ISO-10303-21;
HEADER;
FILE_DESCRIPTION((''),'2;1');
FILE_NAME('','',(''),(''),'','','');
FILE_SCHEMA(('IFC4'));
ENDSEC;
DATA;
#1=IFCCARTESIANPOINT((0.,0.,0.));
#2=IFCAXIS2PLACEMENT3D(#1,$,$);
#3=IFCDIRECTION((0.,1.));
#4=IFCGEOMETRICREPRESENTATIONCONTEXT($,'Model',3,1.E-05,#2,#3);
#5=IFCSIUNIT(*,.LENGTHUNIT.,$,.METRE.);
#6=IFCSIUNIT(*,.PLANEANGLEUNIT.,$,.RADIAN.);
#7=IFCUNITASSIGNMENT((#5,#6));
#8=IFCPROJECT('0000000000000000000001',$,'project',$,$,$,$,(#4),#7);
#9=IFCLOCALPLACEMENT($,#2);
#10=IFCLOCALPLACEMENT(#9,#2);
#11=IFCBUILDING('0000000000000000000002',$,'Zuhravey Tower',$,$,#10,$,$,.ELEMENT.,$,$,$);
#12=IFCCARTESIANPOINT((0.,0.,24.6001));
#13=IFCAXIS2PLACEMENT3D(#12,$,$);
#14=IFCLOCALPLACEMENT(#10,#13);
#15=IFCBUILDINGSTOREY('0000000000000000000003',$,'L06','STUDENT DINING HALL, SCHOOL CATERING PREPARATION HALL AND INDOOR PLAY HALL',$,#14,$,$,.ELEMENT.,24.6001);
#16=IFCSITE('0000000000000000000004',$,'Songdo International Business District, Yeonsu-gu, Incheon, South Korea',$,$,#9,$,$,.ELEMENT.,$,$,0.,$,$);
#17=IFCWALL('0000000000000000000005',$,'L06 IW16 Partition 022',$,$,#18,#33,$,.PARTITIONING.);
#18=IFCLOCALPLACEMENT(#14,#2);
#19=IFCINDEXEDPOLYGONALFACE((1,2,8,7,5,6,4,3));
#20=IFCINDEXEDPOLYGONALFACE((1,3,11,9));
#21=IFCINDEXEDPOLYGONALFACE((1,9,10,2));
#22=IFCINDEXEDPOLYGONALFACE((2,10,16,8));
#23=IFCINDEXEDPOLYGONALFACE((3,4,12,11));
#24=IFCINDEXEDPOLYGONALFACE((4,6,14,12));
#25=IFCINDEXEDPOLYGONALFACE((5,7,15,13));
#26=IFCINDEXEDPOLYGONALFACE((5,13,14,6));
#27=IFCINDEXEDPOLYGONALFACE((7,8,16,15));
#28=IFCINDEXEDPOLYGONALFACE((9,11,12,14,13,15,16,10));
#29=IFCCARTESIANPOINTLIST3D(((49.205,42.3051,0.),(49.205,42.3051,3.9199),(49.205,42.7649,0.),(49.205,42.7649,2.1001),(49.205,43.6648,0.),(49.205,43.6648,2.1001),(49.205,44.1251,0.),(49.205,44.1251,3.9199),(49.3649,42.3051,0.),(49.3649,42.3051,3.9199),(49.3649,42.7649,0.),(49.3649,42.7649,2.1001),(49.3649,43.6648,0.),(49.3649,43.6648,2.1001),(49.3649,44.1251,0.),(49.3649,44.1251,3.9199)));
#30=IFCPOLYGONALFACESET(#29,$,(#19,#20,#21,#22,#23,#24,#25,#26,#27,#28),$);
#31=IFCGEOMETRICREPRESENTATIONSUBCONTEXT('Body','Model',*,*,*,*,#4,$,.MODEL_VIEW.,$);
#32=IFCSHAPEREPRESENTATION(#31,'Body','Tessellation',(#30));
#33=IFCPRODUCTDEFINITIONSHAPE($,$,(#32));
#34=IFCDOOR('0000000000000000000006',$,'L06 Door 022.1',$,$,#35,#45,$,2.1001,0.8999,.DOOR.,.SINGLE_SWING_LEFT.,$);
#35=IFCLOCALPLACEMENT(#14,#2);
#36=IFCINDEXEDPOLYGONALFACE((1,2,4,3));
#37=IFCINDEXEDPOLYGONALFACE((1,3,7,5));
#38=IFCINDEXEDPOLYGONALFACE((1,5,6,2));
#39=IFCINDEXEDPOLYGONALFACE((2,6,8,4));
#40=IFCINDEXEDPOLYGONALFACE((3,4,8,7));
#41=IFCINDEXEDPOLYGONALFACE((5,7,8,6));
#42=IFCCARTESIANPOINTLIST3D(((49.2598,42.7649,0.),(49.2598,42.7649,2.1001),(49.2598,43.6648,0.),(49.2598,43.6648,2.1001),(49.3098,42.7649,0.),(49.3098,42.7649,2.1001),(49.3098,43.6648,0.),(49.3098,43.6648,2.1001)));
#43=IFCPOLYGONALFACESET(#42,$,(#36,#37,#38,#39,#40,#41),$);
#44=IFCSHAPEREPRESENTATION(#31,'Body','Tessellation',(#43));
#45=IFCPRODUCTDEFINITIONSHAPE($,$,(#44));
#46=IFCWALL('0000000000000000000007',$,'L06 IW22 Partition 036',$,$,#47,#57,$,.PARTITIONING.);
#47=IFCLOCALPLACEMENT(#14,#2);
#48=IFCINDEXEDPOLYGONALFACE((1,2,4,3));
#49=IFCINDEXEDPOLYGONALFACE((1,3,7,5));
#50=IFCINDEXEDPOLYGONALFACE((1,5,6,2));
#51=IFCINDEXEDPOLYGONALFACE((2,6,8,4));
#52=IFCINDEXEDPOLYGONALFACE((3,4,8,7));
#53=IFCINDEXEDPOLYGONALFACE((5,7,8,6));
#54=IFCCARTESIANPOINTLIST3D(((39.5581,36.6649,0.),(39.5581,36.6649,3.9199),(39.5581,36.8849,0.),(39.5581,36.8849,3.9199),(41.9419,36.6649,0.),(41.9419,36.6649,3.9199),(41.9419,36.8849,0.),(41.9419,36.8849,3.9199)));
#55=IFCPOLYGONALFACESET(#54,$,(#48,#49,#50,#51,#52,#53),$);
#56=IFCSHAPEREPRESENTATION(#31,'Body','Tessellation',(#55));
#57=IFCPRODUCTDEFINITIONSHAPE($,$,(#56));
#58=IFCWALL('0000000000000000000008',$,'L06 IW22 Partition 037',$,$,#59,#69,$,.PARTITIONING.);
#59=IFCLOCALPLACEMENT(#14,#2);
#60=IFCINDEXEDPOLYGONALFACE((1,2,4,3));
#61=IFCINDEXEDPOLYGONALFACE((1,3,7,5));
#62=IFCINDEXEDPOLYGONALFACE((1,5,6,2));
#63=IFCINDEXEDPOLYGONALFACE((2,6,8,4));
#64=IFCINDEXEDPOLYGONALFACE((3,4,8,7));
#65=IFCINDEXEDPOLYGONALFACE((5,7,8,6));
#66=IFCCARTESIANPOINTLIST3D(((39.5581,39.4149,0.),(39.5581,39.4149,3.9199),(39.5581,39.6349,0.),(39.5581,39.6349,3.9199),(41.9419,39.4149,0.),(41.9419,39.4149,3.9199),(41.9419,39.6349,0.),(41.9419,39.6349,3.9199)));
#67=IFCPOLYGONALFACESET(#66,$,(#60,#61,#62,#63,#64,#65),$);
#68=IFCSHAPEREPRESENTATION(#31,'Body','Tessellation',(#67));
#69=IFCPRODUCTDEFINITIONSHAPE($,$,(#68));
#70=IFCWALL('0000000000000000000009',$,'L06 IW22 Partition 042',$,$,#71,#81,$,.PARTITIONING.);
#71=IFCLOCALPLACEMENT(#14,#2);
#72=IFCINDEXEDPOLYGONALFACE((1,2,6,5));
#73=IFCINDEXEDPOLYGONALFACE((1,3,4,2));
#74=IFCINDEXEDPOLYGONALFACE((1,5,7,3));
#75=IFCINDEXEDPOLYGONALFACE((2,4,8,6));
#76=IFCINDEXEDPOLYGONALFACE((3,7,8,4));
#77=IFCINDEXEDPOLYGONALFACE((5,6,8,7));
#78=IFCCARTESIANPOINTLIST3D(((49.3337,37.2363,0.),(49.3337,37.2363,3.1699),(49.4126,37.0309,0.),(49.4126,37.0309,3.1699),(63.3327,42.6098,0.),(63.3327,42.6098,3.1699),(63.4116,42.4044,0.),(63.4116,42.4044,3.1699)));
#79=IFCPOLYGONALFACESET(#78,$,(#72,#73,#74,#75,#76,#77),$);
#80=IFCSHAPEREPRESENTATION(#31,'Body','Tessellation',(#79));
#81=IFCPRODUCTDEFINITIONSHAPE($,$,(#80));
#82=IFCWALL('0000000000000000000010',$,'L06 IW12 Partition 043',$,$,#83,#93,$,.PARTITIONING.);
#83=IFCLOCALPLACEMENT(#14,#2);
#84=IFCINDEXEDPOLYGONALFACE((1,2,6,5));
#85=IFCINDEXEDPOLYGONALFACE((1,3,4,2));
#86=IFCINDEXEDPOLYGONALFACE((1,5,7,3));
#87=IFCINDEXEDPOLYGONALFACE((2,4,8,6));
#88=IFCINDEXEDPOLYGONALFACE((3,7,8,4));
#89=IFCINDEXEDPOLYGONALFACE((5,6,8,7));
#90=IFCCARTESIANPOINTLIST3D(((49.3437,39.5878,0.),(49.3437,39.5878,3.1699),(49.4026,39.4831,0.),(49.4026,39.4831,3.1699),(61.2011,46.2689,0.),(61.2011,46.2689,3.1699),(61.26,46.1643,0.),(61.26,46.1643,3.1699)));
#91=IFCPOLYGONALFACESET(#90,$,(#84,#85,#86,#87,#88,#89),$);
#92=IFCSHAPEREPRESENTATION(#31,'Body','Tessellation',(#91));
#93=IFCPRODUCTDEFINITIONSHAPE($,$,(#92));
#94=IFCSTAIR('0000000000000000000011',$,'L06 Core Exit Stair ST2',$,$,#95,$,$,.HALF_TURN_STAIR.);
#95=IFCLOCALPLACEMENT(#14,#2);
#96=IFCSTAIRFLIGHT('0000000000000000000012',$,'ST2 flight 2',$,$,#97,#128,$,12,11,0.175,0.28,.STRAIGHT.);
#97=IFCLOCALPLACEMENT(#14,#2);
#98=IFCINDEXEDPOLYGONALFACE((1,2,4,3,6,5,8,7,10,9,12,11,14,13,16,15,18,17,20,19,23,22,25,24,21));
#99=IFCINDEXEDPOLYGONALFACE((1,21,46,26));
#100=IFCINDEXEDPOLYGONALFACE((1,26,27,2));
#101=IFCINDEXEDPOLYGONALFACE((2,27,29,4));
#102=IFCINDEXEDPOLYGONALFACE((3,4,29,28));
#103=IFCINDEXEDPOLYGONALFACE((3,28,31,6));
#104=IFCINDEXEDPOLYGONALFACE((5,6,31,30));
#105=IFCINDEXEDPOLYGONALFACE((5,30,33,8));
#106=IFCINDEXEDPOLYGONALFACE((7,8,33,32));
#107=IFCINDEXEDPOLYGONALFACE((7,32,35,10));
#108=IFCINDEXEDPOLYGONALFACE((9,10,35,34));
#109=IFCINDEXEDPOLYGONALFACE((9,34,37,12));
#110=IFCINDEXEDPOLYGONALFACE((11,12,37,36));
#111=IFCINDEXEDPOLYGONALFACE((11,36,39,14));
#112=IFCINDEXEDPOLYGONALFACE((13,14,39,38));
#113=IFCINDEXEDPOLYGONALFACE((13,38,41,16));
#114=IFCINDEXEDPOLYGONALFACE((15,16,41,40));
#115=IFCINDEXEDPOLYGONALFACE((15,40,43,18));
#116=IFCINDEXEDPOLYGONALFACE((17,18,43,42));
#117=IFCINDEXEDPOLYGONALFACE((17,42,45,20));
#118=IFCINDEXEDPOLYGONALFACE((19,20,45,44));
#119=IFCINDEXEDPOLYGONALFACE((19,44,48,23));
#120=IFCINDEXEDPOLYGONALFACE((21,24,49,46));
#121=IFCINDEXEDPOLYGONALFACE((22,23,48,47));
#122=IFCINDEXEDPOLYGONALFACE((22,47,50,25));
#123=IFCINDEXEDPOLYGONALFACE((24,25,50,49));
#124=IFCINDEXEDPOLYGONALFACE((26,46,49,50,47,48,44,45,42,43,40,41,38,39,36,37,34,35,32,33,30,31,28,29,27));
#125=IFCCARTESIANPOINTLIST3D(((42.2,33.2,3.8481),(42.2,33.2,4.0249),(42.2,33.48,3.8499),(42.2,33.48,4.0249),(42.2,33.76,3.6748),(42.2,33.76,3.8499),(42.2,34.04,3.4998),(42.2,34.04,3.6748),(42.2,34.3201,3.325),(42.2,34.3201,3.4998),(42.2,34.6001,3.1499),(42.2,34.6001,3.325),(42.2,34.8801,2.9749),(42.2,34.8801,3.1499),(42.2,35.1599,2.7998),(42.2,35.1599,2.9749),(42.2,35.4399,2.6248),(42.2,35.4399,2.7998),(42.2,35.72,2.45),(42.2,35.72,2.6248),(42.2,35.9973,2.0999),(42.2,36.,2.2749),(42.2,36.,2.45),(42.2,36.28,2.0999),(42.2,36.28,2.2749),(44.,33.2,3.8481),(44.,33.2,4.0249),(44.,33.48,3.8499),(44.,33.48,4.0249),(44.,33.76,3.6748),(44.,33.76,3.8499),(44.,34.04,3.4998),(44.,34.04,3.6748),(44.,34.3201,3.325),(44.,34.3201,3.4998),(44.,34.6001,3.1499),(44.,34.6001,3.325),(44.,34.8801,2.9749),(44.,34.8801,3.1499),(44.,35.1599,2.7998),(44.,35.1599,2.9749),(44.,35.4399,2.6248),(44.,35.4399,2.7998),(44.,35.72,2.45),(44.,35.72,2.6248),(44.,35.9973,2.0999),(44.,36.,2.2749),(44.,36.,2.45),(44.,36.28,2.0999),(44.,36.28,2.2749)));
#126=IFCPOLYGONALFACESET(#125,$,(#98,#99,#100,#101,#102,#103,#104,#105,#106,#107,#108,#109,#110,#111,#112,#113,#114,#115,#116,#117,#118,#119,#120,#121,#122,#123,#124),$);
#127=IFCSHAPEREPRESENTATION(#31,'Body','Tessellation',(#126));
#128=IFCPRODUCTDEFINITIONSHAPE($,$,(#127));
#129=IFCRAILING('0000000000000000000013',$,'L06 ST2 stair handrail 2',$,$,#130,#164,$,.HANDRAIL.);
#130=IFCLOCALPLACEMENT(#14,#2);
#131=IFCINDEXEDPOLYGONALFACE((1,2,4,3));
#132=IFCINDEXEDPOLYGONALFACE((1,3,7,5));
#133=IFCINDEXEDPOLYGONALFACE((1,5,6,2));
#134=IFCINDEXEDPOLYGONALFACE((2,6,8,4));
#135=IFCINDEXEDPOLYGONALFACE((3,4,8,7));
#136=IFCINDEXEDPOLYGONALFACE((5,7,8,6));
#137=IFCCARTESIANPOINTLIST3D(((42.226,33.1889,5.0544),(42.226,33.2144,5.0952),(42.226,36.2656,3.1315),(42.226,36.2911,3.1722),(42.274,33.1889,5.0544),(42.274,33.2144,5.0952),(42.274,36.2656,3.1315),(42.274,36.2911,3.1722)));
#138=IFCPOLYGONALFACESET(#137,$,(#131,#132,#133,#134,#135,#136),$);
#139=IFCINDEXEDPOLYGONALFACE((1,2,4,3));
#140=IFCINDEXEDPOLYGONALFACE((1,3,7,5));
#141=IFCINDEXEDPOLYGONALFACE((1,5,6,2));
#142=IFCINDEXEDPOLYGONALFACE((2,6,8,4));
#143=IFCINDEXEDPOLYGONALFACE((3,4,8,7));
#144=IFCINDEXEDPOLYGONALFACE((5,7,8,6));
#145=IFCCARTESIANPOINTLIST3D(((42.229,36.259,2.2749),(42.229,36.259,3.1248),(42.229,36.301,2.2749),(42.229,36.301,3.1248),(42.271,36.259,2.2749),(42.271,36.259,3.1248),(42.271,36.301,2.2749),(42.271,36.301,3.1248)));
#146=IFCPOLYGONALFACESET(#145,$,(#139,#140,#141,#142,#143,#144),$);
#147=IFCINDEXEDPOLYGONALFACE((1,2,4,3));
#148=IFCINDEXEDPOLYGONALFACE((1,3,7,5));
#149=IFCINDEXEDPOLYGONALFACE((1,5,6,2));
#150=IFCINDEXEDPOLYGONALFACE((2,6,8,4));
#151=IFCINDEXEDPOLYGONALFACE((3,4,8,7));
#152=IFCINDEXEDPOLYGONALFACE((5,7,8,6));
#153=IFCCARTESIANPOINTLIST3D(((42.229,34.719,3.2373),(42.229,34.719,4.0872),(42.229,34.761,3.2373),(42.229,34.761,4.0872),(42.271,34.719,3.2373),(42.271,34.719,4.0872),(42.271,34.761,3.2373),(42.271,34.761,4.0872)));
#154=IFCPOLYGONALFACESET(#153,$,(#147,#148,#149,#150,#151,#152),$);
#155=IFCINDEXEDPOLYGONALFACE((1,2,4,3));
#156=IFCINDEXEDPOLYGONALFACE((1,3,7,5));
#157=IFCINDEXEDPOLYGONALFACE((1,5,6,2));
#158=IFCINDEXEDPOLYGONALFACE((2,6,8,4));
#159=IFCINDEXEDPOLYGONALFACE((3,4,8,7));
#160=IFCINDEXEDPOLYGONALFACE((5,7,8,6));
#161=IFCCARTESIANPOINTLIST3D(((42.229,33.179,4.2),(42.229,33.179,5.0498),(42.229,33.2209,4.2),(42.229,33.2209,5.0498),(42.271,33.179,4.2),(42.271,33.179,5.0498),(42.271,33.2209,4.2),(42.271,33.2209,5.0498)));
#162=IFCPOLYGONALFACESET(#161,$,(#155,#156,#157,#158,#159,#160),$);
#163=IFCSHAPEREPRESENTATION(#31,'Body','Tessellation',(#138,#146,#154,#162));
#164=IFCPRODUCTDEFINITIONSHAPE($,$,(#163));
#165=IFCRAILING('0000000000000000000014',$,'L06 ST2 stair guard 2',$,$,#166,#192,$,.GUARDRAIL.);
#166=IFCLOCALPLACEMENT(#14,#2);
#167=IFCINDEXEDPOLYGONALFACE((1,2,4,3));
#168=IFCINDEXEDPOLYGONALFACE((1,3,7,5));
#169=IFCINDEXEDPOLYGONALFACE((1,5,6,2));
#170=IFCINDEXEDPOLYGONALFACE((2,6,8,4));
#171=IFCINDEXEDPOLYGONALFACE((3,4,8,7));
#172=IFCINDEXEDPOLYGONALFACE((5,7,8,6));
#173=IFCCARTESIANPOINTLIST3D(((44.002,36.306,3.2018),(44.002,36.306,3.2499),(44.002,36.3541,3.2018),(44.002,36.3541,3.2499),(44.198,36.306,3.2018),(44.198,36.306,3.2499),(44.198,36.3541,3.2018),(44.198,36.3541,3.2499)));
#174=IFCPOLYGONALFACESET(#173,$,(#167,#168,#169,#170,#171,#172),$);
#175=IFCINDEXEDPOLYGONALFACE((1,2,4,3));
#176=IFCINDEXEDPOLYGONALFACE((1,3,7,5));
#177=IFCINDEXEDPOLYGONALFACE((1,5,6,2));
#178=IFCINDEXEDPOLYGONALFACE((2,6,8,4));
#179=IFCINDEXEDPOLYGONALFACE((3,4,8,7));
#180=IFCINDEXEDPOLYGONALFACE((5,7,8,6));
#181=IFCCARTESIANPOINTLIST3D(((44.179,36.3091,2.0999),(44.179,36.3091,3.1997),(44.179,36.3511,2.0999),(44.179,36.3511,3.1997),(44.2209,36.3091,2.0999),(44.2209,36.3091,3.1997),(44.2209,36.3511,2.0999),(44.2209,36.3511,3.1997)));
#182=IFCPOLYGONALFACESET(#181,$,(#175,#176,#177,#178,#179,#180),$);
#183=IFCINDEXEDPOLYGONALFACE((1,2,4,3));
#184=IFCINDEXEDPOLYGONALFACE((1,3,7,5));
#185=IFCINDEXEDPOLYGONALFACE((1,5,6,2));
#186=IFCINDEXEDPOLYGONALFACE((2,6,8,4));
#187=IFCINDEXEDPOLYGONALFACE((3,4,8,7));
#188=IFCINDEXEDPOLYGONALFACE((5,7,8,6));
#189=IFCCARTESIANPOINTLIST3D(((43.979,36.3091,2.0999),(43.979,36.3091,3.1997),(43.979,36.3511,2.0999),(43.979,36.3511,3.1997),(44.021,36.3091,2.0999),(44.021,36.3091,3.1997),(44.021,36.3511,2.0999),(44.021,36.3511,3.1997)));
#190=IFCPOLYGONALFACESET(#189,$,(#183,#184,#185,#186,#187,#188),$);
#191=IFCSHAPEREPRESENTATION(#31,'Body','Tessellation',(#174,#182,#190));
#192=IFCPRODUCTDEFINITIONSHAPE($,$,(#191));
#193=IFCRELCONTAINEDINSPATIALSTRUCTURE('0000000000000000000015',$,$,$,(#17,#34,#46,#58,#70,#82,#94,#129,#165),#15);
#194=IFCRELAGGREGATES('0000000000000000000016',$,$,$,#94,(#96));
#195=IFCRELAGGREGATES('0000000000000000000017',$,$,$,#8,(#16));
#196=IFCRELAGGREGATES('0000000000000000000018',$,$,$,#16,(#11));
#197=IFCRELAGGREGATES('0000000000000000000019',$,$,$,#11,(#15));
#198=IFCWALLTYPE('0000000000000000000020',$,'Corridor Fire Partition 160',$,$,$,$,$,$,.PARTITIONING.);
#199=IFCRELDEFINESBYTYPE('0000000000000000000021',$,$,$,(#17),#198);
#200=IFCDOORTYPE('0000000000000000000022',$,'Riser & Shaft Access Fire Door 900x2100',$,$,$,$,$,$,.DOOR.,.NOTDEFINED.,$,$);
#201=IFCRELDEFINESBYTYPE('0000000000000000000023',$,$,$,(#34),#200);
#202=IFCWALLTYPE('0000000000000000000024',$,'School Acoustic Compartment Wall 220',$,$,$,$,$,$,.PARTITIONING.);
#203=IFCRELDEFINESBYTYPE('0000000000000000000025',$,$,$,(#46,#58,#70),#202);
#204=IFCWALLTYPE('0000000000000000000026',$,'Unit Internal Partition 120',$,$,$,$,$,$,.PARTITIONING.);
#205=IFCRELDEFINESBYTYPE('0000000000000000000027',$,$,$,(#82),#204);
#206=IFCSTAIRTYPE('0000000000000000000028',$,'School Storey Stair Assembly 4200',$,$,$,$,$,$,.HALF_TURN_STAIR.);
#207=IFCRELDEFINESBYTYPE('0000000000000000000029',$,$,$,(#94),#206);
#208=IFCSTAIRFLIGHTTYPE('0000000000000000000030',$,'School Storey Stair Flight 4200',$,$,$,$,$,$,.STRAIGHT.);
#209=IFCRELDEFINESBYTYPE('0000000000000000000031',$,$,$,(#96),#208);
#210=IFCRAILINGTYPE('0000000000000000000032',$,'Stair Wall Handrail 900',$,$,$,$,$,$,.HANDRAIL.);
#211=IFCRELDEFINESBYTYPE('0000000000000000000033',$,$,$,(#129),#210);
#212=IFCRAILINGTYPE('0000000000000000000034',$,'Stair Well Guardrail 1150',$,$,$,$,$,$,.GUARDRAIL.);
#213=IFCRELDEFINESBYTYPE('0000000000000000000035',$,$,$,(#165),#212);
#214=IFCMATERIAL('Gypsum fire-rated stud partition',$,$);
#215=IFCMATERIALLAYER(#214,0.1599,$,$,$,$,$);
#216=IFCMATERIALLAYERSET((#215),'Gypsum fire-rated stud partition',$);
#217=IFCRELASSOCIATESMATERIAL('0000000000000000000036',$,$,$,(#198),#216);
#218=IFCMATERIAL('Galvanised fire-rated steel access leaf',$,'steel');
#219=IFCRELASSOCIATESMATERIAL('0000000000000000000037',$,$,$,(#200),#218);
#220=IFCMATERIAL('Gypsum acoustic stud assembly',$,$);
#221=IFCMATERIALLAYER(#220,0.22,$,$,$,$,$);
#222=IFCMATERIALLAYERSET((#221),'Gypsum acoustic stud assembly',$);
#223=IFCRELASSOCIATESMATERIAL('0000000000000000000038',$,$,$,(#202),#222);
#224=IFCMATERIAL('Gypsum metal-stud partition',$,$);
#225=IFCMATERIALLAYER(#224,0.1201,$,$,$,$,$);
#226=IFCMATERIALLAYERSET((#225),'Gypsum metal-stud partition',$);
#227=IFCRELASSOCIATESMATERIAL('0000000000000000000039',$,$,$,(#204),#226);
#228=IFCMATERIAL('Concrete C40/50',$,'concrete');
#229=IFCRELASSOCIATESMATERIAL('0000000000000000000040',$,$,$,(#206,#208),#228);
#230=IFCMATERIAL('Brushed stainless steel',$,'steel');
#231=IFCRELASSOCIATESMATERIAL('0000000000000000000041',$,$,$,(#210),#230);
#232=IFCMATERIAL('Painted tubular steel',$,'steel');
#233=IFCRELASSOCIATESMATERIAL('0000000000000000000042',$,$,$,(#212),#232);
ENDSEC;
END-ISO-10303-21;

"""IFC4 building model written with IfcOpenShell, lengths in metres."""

from ifc_helpers import new_model, si_unit, direction, frame, frame_2d, origin, origin_2d, place, context, subcontext, project, spatial, polyline, rectangle, outline, extrude, material, layer, layer_set, type_object, element, fill, aggregate, save


model = new_model("IFC4")

# Units and contexts
model_context = context("Model", 3, precision=1e-05, world=origin(), true_north=direction((0.0, 1.0)))
body_context = subcontext(model_context, "Body", "Model", "MODEL_VIEW")
ifc_project = project(units=[si_unit("LENGTHUNIT", "METRE"), si_unit("PLANEANGLEUNIT", "RADIAN")], contexts=[model_context])

# Site, building, storey
site_placement = place(None, origin())
site = spatial("IfcSite", under=ifc_project, at=site_placement, Name="Songdo International Business District, Yeonsu-gu, Incheon, South Korea", CompositionType="ELEMENT", RefElevation=0.0)
building_placement = place(site_placement, origin())
building = spatial("IfcBuilding", under=site, at=building_placement, Name="Zuhravey Tower", CompositionType="ELEMENT")
storey_placement = place(building_placement, frame((0.0, 0.0, 24.6001)))
storey = spatial("IfcBuildingStorey", under=building, at=storey_placement, Name="L06", Description="STUDENT DINING HALL, SCHOOL CATERING PREPARATION HALL AND INDOOR PLAY HALL", CompositionType="ELEMENT", Elevation=24.6001)

# Wall, opening, door
ifc_material_1 = material(Name="Gypsum fire-rated stud partition")
ifc_layer_1 = layer(ifc_material_1, 0.1599)
ifc_layer_set_1 = layer_set([ifc_layer_1], Name="Gypsum fire-rated stud partition")
wall_type_1 = type_object("IfcWallType", Name="Corridor Fire Partition 160", PredefinedType="PARTITIONING", material=ifc_layer_set_1)
ifc_material_2 = material(Name="Galvanised fire-rated steel access leaf", Category="steel")
door_type_1 = type_object("IfcDoorType", Name="Riser & Shaft Access Fire Door 900x2100", OperationType="NOTDEFINED", PredefinedType="DOOR", material=ifc_material_2)
wall_1_placement = place(storey_placement, frame((49.2849, 42.3049, 0.0), z_axis=(0.0, 0.0, 1.0), x_axis=(0.0, 1.0, 0.0)))
wall_1 = element("IfcWall", 1, at=wall_1_placement, inside=storey, type_object=wall_type_1, Name="L06 IW16 Partition 022", PredefinedType="PARTITIONING", context=body_context, shape_type="SweptSolid", body=[
    extrude(rectangle(XDim=1.8201, YDim=0.1599, at=frame_2d((0.9102, 0.0))), origin(), (0.0, 0.0, 1.0), 3.9199),
])
opening_1_placement = place(wall_1_placement, frame((0.46, 0.0, 0.0)))
opening_1 = element("IfcOpeningElement", 2, at=opening_1_placement, cuts=wall_1, PredefinedType="OPENING", context=body_context, shape_type="SweptSolid", body=[
    extrude(rectangle(XDim=0.8999, YDim=2.1001, at=frame_2d((0.45, 1.05))), frame((0.0, 0.092, 0.0), z_axis=(0.0, -1.0, 0.0), x_axis=(1.0, 0.0, 0.0)), (0.0, 0.0, 1.0), 0.1838),
])
door_1_placement = place(opening_1_placement, frame((0.8999, 0.0, 0.0), z_axis=(0.0, 0.0, 1.0), x_axis=(-1.0, 0.0, 0.0)))
door_1 = element("IfcDoor", 3, at=door_1_placement, inside=storey, type_object=door_type_1, Name="L06 Door 022.1", OperationType="SINGLE_SWING_LEFT", OverallHeight=2.1001, OverallWidth=0.8999, PredefinedType="DOOR", context=body_context, shape_type="SweptSolid", body=[
    extrude(rectangle(XDim=0.8999, YDim=2.1001, at=frame_2d((0.45, 1.05))), frame((0.0, 0.0249, 0.0), z_axis=(0.0, -1.0, 0.0), x_axis=(1.0, 0.0, 0.0)), (0.0, 0.0, 1.0), 0.05),
])
fill(opening_1, door_1)

# Walls
ifc_material_3 = material(Name="Gypsum acoustic stud assembly")
ifc_layer_2 = layer(ifc_material_3, 0.22)
ifc_layer_set_2 = layer_set([ifc_layer_2], Name="Gypsum acoustic stud assembly")
wall_type_2 = type_object("IfcWallType", Name="School Acoustic Compartment Wall 220", PredefinedType="PARTITIONING", material=ifc_layer_set_2)
for number, where, z_axis, x_axis, name in (
    (4, (39.5581, 36.7749, 0.0), (0.0, 0.0, 1.0), (1.0, 0.0, 0.0), "L06 IW22 Partition 036"),
    (5, (39.5581, 39.5249, 0.0), (0.0, 0.0, 1.0), (1.0, 0.0, 0.0), "L06 IW22 Partition 037"),
):
    element("IfcWall", number, at=place(storey_placement, frame(where, z_axis=z_axis, x_axis=x_axis)), inside=storey, type_object=wall_type_2, Name=name, PredefinedType="PARTITIONING", context=body_context, shape_type="SweptSolid", body=[
        extrude(rectangle(XDim=2.3838, YDim=0.22, at=frame_2d((1.1919, 0.0))), origin(), (0.0, 0.0, 1.0), 3.9199),
    ])
wall_2_placement = place(storey_placement, frame((49.373, 37.1335, 0.0), z_axis=(0.0, 0.0, 1.0), x_axis=(0.933585, 0.358357, 0.0)))
element("IfcWall", 6, at=wall_2_placement, inside=storey, type_object=wall_type_2, Name="L06 IW22 Partition 042", PredefinedType="PARTITIONING", context=body_context, shape_type="SweptSolid", body=[
    extrude(rectangle(XDim=14.9949, YDim=0.22, at=frame_2d((7.4976, 0.0))), origin(), (0.0, 0.0, 1.0), 3.1699),
])
ifc_material_4 = material(Name="Gypsum metal-stud partition")
ifc_layer_3 = layer(ifc_material_4, 0.1201)
ifc_layer_set_3 = layer_set([ifc_layer_3], Name="Gypsum metal-stud partition")
wall_type_3 = type_object("IfcWallType", Name="Unit Internal Partition 120", PredefinedType="PARTITIONING", material=ifc_layer_set_3)
wall_3_placement = place(storey_placement, frame((49.373, 39.5354, 0.0), z_axis=(0.0, 0.0, 1.0), x_axis=(0.871219, 0.490895, 0.0)))
element("IfcWall", 7, at=wall_3_placement, inside=storey, type_object=wall_type_3, Name="L06 IW12 Partition 043", PredefinedType="PARTITIONING", context=body_context, shape_type="SweptSolid", body=[
    extrude(rectangle(XDim=13.6101, YDim=0.1201, at=frame_2d((6.8052, 0.0))), origin(), (0.0, 0.0, 1.0), 3.1699),
])

# Stair, stair flight
ifc_material_5 = material(Name="Concrete C40/50", Category="concrete")
stair_type = type_object("IfcStairType", Name="School Storey Stair Assembly 4200", PredefinedType="HALF_TURN_STAIR", material=ifc_material_5)
stair_placement = place(storey_placement, origin())
stair = element("IfcStair", 8, at=stair_placement, inside=storey, type_object=stair_type, Name="L06 Core Exit Stair ST2", PredefinedType="HALF_TURN_STAIR")
stair_flight_type = type_object("IfcStairFlightType", Name="School Storey Stair Flight 4200", PredefinedType="STRAIGHT", material=ifc_material_5)
stair_flight_placement = place(storey_placement, frame((43.1001, 36.28, 2.0999), z_axis=(0.0, 0.0, 1.0), x_axis=(0.0, -1.0, 0.0)))
stair_flight = element("IfcStairFlight", 9, at=stair_flight_placement, type_object=stair_flight_type, Name="ST2 flight 2", NumberOfRisers=12, NumberOfTreads=11, PredefinedType="STRAIGHT", RiserHeight=0.175, TreadLength=0.28, context=body_context, shape_type="SweptSolid", body=[
    extrude(outline(polyline([(0.0, 0.0), (0.0, 0.175), (0.28, 0.175), (0.28, 0.3501), (0.5601, 0.3501), (0.5601, 0.5249), (0.8401, 0.5249), (0.8401, 0.7), (1.1201, 0.7), (1.1201, 0.875), (1.3999, 0.875), (1.3999, 1.05), (1.6799, 1.05), (1.6799, 1.2251), (1.96, 1.2251), (1.96, 1.3999), (2.24, 1.3999), (2.24, 1.575), (2.52, 1.575), (2.52, 1.75), (2.8, 1.75), (2.8, 1.925), (3.0801, 1.925), (3.0801, 2.1001), (3.0801, 1.7483), (0.2827, 0.0), (0.0, 0.0)])), frame((0.0, 0.8999, 0.0), z_axis=(0.0, -1.0, 0.0), x_axis=(1.0, 0.0, 0.0)), (0.0, 0.0, 1.0), 1.8),
])
aggregate(stair, [stair_flight])

# Railings
ifc_material_6 = material(Name="Brushed stainless steel", Category="steel")
railing_type_1 = type_object("IfcRailingType", Name="Stair Wall Handrail 900", PredefinedType="HANDRAIL", material=ifc_material_6)
railing_1_placement = place(storey_placement, frame((42.25, 36.28, 2.2749)))
element("IfcRailing", 10, at=railing_1_placement, inside=storey, type_object=railing_type_1, Name="L06 ST2 stair handrail 2", PredefinedType="HANDRAIL", context=body_context, shape_type="SweptSolid", body=[
    extrude(rectangle(XDim=0.0481, YDim=0.0481, at=origin_2d()), frame((0.0, -0.0017, 0.877), z_axis=(0.0, -0.847998, 0.529999), x_axis=(1.0, 0.0, 0.0)), (0.0, 0.0, 1.0), 3.6282),
    extrude(rectangle(XDim=0.042, YDim=0.042, at=origin_2d()), origin(), (0.0, 0.0, 1.0), 0.8499),
    extrude(rectangle(XDim=0.042, YDim=0.042, at=origin_2d()), frame((0.0, -1.54, 0.9624)), (0.0, 0.0, 1.0), 0.8499),
    extrude(rectangle(XDim=0.042, YDim=0.042, at=origin_2d()), frame((0.0, -3.0801, 1.925)), (0.0, 0.0, 1.0), 0.8499),
])
ifc_material_7 = material(Name="Painted tubular steel", Category="steel")
railing_type_2 = type_object("IfcRailingType", Name="Stair Well Guardrail 1150", PredefinedType="GUARDRAIL", material=ifc_material_7)
railing_2_placement = place(storey_placement, frame((44.2, 36.3301, 2.0999)))
element("IfcRailing", 11, at=railing_2_placement, inside=storey, type_object=railing_type_2, Name="L06 ST2 stair guard 2", PredefinedType="GUARDRAIL", context=body_context, shape_type="SweptSolid", body=[
    extrude(rectangle(XDim=0.0481, YDim=0.0481, at=origin_2d()), frame((-0.002, 0.0, 1.126), z_axis=(-1.0, 0.0, 0.0), x_axis=(0.0, -1.0, 0.0)), (0.0, 0.0, 1.0), 0.196),
    extrude(rectangle(XDim=0.042, YDim=0.042, at=origin_2d()), origin(), (0.0, 0.0, 1.0), 1.0999),
    extrude(rectangle(XDim=0.042, YDim=0.042, at=origin_2d()), frame((-0.2, 0.0, 0.0)), (0.0, 0.0, 1.0), 1.0999),
])

save(model, "model.ifc")
